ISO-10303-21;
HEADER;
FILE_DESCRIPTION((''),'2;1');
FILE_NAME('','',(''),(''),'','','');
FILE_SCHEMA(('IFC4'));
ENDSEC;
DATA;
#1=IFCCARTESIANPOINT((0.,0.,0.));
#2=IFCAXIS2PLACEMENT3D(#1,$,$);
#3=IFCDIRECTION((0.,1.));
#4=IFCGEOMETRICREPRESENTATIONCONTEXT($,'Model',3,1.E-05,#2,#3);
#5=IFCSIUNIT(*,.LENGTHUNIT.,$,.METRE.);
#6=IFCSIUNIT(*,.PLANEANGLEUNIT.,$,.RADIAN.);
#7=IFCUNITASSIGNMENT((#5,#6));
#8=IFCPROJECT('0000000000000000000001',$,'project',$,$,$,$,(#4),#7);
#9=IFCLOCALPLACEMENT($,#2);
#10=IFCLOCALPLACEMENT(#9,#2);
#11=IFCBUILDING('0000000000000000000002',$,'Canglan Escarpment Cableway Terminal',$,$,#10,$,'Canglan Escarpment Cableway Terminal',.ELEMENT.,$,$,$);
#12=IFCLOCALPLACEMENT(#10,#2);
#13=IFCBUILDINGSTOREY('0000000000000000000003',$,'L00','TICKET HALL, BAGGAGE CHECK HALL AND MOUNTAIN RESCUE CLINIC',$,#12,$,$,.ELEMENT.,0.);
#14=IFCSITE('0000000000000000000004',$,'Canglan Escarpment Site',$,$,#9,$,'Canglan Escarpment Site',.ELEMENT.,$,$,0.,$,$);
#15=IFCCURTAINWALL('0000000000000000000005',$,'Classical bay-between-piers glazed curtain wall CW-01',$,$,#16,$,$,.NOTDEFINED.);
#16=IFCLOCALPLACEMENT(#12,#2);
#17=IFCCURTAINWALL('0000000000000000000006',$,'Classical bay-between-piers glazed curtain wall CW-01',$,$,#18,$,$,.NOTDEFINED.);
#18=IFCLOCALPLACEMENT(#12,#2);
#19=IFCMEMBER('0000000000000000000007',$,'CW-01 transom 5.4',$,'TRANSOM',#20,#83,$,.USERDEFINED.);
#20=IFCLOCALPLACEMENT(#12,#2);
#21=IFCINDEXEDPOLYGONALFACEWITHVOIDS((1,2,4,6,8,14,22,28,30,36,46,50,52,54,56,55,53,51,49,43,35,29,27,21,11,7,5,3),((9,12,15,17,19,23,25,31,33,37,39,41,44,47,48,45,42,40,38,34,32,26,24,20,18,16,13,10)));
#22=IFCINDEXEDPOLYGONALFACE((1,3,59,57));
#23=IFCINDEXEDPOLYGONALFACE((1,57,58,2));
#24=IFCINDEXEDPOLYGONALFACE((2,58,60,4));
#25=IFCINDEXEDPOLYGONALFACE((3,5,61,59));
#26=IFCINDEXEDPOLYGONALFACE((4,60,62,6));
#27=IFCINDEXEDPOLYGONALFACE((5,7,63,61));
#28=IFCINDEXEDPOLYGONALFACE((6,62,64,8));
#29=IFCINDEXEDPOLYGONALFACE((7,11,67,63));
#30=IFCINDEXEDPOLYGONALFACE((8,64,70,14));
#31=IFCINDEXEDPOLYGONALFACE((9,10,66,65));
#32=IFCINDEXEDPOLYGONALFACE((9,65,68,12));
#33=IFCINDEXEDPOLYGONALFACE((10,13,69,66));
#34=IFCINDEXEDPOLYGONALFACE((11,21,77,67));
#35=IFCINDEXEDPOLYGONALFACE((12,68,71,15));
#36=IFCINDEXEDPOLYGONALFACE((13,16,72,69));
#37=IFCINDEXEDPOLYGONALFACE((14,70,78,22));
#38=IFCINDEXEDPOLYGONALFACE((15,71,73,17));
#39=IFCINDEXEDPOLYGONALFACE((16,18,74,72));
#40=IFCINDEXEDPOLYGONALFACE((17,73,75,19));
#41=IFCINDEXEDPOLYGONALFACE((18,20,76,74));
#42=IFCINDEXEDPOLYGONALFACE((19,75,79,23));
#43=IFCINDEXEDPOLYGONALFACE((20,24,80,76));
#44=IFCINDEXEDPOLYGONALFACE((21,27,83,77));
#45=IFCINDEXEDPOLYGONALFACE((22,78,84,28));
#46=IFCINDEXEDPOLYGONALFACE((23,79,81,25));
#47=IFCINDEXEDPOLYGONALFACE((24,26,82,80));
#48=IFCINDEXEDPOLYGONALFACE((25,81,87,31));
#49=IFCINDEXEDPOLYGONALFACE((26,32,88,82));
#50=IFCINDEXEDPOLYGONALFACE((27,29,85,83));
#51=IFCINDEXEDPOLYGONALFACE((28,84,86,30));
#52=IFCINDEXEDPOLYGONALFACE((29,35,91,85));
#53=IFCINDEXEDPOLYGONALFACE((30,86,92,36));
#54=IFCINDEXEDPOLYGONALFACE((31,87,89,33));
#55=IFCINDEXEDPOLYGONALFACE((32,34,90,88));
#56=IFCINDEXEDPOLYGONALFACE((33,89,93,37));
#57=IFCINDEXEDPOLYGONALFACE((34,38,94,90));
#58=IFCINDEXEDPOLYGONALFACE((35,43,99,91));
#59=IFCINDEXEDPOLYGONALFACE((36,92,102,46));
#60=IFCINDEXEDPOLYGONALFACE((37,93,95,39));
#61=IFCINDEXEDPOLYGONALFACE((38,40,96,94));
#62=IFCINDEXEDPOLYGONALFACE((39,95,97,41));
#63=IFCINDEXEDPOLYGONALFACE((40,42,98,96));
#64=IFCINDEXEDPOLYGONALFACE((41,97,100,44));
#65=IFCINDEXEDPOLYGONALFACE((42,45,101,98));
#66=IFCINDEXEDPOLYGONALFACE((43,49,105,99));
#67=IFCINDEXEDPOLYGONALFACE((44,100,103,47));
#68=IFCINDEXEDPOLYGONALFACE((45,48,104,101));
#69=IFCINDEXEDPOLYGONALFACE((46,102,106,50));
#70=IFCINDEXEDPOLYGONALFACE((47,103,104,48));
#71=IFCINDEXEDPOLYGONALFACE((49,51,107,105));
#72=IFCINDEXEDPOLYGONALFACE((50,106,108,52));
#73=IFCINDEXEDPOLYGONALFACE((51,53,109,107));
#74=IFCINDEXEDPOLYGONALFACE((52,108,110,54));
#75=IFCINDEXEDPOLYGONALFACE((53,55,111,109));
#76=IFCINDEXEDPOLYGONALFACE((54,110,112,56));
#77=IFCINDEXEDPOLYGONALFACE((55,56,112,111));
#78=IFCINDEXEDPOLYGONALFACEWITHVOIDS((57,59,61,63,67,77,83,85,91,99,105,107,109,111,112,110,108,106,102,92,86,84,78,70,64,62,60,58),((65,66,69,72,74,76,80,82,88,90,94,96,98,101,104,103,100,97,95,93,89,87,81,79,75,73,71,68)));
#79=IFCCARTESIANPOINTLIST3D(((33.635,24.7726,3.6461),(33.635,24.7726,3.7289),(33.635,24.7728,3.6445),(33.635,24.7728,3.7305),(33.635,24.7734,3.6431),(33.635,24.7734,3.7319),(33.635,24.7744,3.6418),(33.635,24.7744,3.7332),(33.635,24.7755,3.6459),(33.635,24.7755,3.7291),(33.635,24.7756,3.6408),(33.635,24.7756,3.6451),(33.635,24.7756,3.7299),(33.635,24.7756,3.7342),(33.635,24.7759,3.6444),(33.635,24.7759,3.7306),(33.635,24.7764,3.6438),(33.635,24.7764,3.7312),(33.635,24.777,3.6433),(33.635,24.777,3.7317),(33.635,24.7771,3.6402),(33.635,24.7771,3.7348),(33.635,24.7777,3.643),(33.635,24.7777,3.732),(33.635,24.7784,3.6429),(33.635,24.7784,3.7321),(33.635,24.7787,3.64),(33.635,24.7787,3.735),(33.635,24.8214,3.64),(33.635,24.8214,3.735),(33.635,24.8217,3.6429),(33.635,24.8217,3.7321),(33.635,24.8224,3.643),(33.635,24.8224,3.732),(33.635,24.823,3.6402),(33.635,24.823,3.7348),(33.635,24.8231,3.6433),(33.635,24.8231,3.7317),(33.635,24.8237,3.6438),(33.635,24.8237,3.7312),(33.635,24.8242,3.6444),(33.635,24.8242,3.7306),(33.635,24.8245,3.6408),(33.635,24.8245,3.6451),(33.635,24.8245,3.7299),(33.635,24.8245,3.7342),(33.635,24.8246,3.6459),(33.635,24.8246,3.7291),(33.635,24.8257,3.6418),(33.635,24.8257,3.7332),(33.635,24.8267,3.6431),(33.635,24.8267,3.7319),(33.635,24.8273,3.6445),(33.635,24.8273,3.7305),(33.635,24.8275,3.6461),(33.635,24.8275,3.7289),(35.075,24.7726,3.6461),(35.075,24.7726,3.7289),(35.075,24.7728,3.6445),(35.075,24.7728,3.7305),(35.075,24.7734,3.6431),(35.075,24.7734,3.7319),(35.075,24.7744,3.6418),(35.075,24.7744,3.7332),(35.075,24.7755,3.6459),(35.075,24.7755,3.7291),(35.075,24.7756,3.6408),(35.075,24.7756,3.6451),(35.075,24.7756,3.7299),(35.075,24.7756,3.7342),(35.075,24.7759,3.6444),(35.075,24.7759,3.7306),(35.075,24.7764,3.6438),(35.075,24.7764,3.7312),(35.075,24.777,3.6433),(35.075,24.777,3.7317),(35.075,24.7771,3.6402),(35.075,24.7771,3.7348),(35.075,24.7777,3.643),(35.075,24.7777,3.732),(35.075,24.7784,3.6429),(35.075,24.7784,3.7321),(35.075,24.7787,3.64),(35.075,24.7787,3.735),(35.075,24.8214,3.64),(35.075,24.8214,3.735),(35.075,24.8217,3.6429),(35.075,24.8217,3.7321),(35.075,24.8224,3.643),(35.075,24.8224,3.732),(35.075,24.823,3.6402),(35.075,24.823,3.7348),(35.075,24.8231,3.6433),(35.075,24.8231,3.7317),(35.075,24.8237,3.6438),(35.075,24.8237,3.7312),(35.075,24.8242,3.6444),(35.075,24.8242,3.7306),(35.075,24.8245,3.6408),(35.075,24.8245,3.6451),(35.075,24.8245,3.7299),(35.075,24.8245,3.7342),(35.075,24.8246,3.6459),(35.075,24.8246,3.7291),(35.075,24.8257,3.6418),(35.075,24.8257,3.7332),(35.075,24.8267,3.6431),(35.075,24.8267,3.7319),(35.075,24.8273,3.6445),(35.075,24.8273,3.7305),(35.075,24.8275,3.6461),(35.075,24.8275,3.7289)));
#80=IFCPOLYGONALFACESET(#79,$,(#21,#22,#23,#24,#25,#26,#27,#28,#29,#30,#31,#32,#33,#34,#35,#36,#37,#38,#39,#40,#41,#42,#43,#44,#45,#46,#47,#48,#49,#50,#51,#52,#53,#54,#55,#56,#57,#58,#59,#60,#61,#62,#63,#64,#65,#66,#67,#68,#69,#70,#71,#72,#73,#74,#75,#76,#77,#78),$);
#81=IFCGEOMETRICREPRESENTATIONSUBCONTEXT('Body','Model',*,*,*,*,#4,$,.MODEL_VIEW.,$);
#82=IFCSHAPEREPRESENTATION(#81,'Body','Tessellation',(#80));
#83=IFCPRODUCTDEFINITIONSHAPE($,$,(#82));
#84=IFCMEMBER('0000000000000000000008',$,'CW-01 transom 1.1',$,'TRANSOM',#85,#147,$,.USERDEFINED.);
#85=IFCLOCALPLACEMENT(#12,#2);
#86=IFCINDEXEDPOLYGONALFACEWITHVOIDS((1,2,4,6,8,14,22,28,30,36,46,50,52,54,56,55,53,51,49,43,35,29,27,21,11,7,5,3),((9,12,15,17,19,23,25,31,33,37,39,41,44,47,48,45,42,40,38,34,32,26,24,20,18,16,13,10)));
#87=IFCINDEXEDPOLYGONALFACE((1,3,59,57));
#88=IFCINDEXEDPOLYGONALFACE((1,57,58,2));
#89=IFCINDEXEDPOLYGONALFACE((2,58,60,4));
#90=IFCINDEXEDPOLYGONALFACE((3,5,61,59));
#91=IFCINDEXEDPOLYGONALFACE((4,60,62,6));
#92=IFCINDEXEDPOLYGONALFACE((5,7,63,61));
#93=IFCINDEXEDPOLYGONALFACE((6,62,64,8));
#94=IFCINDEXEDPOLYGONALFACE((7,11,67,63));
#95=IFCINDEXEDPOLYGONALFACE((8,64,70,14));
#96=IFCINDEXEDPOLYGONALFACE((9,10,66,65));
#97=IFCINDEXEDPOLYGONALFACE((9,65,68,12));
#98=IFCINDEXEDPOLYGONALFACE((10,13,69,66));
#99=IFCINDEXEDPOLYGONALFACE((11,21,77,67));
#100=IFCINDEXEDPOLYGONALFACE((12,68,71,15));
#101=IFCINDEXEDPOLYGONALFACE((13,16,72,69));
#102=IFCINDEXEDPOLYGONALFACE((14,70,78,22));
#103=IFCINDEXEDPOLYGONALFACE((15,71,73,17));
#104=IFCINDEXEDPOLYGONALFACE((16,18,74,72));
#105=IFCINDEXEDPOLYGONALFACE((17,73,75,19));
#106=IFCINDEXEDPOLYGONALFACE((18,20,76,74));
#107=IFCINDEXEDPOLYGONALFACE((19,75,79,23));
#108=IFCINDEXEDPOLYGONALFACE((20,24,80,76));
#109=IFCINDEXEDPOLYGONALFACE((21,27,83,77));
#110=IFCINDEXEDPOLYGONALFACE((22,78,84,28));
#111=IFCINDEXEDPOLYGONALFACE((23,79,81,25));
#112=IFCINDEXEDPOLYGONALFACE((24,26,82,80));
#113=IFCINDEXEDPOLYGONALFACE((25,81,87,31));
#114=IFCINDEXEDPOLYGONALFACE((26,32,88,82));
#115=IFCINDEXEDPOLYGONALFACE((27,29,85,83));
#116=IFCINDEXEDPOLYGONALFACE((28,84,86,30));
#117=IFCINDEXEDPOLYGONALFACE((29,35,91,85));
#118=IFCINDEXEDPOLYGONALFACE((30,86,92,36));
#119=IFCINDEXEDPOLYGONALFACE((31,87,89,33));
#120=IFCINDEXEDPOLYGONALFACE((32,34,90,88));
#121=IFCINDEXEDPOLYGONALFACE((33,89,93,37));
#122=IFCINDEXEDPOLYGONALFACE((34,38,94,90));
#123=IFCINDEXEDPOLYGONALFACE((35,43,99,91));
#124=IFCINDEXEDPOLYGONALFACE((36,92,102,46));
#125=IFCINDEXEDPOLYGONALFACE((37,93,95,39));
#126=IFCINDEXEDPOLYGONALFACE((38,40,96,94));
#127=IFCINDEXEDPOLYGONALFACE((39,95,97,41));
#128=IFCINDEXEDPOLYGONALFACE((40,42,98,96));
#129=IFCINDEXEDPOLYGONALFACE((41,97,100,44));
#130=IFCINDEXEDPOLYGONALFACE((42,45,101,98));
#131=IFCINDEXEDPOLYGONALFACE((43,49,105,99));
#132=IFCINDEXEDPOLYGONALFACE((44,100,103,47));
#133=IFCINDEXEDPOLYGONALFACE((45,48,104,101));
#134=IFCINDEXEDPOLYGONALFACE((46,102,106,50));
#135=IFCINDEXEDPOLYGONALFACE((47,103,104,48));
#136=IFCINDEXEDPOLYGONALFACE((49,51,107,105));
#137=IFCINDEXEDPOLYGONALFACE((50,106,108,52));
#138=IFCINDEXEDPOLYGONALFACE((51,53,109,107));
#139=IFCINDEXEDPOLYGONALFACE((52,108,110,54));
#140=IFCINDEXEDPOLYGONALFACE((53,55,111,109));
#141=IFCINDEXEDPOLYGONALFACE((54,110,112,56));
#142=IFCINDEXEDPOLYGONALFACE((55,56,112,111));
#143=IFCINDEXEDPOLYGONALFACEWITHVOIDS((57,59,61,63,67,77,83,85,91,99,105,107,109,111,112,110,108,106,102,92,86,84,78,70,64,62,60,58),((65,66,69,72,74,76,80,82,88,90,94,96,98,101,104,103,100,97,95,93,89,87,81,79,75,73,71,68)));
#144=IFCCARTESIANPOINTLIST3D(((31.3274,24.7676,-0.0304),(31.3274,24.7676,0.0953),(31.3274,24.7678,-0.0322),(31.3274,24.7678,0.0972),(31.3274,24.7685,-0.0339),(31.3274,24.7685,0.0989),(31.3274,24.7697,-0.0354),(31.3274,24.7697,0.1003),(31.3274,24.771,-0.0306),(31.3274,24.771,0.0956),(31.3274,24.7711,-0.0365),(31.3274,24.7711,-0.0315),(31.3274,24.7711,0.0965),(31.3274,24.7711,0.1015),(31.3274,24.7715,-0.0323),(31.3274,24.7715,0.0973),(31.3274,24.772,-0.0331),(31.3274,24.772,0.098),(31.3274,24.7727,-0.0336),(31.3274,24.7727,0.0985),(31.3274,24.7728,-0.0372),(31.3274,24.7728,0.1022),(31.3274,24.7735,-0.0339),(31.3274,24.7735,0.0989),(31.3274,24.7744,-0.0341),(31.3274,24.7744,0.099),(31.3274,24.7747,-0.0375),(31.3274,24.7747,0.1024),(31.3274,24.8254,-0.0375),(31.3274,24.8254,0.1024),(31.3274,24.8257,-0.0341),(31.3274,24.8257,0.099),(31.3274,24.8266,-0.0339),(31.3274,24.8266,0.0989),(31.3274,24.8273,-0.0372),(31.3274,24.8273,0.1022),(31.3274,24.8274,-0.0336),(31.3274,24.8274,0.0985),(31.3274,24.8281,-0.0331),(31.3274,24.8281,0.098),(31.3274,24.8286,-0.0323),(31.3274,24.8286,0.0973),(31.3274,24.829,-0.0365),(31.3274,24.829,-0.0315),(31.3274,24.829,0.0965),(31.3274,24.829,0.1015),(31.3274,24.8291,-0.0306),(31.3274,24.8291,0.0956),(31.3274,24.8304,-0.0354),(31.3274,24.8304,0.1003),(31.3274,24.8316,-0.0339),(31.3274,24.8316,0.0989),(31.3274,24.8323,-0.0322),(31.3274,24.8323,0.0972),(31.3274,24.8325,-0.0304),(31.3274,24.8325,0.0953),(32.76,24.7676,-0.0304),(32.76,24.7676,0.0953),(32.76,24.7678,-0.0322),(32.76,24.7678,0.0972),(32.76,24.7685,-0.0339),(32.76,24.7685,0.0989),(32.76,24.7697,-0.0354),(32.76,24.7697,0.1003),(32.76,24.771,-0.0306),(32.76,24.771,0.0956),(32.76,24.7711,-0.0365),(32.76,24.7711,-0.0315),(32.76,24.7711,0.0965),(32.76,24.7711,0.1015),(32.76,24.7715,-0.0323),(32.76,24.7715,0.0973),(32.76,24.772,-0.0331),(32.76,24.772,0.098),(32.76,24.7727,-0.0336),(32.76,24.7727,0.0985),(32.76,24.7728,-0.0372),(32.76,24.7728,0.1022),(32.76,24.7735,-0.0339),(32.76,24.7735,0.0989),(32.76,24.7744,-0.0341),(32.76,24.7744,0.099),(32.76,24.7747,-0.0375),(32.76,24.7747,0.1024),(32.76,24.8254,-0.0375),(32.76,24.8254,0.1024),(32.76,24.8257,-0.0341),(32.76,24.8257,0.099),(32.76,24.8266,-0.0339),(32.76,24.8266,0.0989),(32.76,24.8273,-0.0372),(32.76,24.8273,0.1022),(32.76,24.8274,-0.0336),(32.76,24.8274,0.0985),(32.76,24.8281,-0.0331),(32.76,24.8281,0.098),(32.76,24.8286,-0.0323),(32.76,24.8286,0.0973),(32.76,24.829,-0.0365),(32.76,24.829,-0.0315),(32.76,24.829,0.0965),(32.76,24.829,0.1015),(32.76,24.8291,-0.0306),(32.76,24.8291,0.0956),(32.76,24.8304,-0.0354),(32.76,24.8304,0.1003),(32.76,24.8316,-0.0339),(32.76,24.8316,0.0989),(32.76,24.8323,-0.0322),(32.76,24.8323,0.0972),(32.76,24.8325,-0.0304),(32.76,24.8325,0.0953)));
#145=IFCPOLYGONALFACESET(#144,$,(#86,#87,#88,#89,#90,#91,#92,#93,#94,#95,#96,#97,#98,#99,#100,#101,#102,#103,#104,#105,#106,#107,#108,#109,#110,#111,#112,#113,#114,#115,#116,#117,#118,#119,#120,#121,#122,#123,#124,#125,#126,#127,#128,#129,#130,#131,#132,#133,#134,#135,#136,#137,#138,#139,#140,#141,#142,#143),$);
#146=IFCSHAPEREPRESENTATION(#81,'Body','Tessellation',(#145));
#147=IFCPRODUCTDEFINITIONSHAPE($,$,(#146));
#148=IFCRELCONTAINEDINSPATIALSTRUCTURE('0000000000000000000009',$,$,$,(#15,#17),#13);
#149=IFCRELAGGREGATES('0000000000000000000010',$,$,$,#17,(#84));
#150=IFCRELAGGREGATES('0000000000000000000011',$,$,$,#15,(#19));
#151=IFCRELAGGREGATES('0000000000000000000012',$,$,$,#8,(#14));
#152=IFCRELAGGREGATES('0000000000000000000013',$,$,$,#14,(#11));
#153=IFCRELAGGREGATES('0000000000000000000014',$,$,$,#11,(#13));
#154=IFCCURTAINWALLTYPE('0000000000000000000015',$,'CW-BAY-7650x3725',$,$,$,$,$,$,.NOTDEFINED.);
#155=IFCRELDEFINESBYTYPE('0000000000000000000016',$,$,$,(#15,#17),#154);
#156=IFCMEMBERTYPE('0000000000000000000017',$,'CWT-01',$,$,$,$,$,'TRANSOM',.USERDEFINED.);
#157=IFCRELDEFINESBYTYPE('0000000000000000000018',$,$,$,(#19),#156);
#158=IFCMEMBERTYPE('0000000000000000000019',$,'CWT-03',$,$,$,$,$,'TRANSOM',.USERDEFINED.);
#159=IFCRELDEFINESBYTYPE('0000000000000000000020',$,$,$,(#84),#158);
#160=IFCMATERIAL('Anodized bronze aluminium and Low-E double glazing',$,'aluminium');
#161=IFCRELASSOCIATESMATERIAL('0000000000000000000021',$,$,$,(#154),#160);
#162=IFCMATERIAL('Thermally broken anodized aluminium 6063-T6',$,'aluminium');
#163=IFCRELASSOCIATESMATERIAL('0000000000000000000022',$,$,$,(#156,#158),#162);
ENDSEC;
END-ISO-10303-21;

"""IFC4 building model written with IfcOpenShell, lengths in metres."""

from ifc_helpers import new_model, si_unit, direction, frame, origin, origin_2d, place, context, subcontext, project, spatial, hollow_rectangle, extrude, material, material_profile, profile_set, type_object, element, aggregate, save


model = new_model("IFC4")

# Units and contexts
model_context = context("Model", 3, precision=1e-05, world=origin(), true_north=direction((0.0, 1.0)))
body_context = subcontext(model_context, "Body", "Model", "MODEL_VIEW")
ifc_project = project(units=[si_unit("LENGTHUNIT", "METRE"), si_unit("PLANEANGLEUNIT", "RADIAN")], contexts=[model_context])

# Site, building, storey
site_placement = place(None, origin())
site = spatial("IfcSite", under=ifc_project, at=site_placement, Name="Canglan Escarpment Site", LongName="Canglan Escarpment Site", CompositionType="ELEMENT", RefElevation=0.0)
building_placement = place(site_placement, origin())
building = spatial("IfcBuilding", under=site, at=building_placement, Name="Canglan Escarpment Cableway Terminal", LongName="Canglan Escarpment Cableway Terminal", CompositionType="ELEMENT")
storey_placement = place(building_placement, origin())
storey = spatial("IfcBuildingStorey", under=building, at=storey_placement, Name="L00", Description="TICKET HALL, BAGGAGE CHECK HALL AND MOUNTAIN RESCUE CLINIC", CompositionType="ELEMENT", Elevation=0.0)

# Curtain walls
ifc_material_1 = material(Name="Anodized bronze aluminium and Low-E double glazing", Category="aluminium")
curtain_wall_type = type_object("IfcCurtainWallType", Name="CW-BAY-7650x3725", PredefinedType="NOTDEFINED", material=ifc_material_1)
curtain_wall_1_placement = place(storey_placement, origin())
curtain_wall_1 = element("IfcCurtainWall", 1, at=curtain_wall_1_placement, inside=storey, type_object=curtain_wall_type, Name="Classical bay-between-piers glazed curtain wall CW-01", PredefinedType="NOTDEFINED")
ifc_material_2 = material(Name="Thermally broken anodized aluminium 6063-T6", Category="aluminium")
curtain_wall_2_placement = place(storey_placement, origin())
curtain_wall_2 = element("IfcCurtainWall", 2, at=curtain_wall_2_placement, inside=storey, type_object=curtain_wall_type, Name="Classical bay-between-piers glazed curtain wall CW-01", PredefinedType="NOTDEFINED")

# Members
ifc_material_profile_1 = material_profile(ifc_material_2, hollow_rectangle(XDim=0.0549, YDim=0.095, WallThickness=0.0029, InnerFilletRadius=0.0029, OuterFilletRadius=0.0061, at=origin_2d()), Name="ALU-TRAN 55x95x3")
ifc_profile_set_1 = profile_set([ifc_material_profile_1], Name="Thermally broken anodized aluminium 6063-T6")
member_type_1 = type_object("IfcMemberType", Name="CWT-01", ElementType="TRANSOM", PredefinedType="USERDEFINED", material=ifc_profile_set_1)
member_1_placement = place(storey_placement, frame((35.075, 24.8, 3.6875), z_axis=(-1.0, 0.0, 0.0), x_axis=(0.0, -1.0, 0.0)))
member_1 = element("IfcMember", 3, at=member_1_placement, type_object=member_type_1, Name="CW-01 transom 5.4", ObjectType="TRANSOM", PredefinedType="USERDEFINED", context=body_context, shape_type="SweptSolid", body=[
    extrude(hollow_rectangle(XDim=0.0549, YDim=0.095, WallThickness=0.0029, InnerFilletRadius=0.0029, OuterFilletRadius=0.0061, at=origin_2d()), origin(), (0.0, 0.0, 1.0), 1.4399),
])
ifc_material_profile_2 = material_profile(ifc_material_2, hollow_rectangle(XDim=0.0649, YDim=0.1399, WallThickness=0.0034, InnerFilletRadius=0.0034, OuterFilletRadius=0.0071, at=origin_2d()), Name="ALU-TRAN 65x140x3.5")
ifc_profile_set_2 = profile_set([ifc_material_profile_2], Name="Thermally broken anodized aluminium 6063-T6")
member_type_2 = type_object("IfcMemberType", Name="CWT-03", ElementType="TRANSOM", PredefinedType="USERDEFINED", material=ifc_profile_set_2)
member_2_placement = place(storey_placement, frame((32.76, 24.8, 0.0325), z_axis=(-1.0, 0.0, 0.0), x_axis=(0.0, -1.0, 0.0)))
member_2 = element("IfcMember", 4, at=member_2_placement, type_object=member_type_2, Name="CW-01 transom 1.1", ObjectType="TRANSOM", PredefinedType="USERDEFINED", context=body_context, shape_type="SweptSolid", body=[
    extrude(hollow_rectangle(XDim=0.0649, YDim=0.1399, WallThickness=0.0034, InnerFilletRadius=0.0034, OuterFilletRadius=0.0071, at=origin_2d()), origin(), (0.0, 0.0, 1.0), 1.4326),
])

aggregate(curtain_wall_2, [member_2])
aggregate(curtain_wall_1, [member_1])

save(model, "model.ifc")
